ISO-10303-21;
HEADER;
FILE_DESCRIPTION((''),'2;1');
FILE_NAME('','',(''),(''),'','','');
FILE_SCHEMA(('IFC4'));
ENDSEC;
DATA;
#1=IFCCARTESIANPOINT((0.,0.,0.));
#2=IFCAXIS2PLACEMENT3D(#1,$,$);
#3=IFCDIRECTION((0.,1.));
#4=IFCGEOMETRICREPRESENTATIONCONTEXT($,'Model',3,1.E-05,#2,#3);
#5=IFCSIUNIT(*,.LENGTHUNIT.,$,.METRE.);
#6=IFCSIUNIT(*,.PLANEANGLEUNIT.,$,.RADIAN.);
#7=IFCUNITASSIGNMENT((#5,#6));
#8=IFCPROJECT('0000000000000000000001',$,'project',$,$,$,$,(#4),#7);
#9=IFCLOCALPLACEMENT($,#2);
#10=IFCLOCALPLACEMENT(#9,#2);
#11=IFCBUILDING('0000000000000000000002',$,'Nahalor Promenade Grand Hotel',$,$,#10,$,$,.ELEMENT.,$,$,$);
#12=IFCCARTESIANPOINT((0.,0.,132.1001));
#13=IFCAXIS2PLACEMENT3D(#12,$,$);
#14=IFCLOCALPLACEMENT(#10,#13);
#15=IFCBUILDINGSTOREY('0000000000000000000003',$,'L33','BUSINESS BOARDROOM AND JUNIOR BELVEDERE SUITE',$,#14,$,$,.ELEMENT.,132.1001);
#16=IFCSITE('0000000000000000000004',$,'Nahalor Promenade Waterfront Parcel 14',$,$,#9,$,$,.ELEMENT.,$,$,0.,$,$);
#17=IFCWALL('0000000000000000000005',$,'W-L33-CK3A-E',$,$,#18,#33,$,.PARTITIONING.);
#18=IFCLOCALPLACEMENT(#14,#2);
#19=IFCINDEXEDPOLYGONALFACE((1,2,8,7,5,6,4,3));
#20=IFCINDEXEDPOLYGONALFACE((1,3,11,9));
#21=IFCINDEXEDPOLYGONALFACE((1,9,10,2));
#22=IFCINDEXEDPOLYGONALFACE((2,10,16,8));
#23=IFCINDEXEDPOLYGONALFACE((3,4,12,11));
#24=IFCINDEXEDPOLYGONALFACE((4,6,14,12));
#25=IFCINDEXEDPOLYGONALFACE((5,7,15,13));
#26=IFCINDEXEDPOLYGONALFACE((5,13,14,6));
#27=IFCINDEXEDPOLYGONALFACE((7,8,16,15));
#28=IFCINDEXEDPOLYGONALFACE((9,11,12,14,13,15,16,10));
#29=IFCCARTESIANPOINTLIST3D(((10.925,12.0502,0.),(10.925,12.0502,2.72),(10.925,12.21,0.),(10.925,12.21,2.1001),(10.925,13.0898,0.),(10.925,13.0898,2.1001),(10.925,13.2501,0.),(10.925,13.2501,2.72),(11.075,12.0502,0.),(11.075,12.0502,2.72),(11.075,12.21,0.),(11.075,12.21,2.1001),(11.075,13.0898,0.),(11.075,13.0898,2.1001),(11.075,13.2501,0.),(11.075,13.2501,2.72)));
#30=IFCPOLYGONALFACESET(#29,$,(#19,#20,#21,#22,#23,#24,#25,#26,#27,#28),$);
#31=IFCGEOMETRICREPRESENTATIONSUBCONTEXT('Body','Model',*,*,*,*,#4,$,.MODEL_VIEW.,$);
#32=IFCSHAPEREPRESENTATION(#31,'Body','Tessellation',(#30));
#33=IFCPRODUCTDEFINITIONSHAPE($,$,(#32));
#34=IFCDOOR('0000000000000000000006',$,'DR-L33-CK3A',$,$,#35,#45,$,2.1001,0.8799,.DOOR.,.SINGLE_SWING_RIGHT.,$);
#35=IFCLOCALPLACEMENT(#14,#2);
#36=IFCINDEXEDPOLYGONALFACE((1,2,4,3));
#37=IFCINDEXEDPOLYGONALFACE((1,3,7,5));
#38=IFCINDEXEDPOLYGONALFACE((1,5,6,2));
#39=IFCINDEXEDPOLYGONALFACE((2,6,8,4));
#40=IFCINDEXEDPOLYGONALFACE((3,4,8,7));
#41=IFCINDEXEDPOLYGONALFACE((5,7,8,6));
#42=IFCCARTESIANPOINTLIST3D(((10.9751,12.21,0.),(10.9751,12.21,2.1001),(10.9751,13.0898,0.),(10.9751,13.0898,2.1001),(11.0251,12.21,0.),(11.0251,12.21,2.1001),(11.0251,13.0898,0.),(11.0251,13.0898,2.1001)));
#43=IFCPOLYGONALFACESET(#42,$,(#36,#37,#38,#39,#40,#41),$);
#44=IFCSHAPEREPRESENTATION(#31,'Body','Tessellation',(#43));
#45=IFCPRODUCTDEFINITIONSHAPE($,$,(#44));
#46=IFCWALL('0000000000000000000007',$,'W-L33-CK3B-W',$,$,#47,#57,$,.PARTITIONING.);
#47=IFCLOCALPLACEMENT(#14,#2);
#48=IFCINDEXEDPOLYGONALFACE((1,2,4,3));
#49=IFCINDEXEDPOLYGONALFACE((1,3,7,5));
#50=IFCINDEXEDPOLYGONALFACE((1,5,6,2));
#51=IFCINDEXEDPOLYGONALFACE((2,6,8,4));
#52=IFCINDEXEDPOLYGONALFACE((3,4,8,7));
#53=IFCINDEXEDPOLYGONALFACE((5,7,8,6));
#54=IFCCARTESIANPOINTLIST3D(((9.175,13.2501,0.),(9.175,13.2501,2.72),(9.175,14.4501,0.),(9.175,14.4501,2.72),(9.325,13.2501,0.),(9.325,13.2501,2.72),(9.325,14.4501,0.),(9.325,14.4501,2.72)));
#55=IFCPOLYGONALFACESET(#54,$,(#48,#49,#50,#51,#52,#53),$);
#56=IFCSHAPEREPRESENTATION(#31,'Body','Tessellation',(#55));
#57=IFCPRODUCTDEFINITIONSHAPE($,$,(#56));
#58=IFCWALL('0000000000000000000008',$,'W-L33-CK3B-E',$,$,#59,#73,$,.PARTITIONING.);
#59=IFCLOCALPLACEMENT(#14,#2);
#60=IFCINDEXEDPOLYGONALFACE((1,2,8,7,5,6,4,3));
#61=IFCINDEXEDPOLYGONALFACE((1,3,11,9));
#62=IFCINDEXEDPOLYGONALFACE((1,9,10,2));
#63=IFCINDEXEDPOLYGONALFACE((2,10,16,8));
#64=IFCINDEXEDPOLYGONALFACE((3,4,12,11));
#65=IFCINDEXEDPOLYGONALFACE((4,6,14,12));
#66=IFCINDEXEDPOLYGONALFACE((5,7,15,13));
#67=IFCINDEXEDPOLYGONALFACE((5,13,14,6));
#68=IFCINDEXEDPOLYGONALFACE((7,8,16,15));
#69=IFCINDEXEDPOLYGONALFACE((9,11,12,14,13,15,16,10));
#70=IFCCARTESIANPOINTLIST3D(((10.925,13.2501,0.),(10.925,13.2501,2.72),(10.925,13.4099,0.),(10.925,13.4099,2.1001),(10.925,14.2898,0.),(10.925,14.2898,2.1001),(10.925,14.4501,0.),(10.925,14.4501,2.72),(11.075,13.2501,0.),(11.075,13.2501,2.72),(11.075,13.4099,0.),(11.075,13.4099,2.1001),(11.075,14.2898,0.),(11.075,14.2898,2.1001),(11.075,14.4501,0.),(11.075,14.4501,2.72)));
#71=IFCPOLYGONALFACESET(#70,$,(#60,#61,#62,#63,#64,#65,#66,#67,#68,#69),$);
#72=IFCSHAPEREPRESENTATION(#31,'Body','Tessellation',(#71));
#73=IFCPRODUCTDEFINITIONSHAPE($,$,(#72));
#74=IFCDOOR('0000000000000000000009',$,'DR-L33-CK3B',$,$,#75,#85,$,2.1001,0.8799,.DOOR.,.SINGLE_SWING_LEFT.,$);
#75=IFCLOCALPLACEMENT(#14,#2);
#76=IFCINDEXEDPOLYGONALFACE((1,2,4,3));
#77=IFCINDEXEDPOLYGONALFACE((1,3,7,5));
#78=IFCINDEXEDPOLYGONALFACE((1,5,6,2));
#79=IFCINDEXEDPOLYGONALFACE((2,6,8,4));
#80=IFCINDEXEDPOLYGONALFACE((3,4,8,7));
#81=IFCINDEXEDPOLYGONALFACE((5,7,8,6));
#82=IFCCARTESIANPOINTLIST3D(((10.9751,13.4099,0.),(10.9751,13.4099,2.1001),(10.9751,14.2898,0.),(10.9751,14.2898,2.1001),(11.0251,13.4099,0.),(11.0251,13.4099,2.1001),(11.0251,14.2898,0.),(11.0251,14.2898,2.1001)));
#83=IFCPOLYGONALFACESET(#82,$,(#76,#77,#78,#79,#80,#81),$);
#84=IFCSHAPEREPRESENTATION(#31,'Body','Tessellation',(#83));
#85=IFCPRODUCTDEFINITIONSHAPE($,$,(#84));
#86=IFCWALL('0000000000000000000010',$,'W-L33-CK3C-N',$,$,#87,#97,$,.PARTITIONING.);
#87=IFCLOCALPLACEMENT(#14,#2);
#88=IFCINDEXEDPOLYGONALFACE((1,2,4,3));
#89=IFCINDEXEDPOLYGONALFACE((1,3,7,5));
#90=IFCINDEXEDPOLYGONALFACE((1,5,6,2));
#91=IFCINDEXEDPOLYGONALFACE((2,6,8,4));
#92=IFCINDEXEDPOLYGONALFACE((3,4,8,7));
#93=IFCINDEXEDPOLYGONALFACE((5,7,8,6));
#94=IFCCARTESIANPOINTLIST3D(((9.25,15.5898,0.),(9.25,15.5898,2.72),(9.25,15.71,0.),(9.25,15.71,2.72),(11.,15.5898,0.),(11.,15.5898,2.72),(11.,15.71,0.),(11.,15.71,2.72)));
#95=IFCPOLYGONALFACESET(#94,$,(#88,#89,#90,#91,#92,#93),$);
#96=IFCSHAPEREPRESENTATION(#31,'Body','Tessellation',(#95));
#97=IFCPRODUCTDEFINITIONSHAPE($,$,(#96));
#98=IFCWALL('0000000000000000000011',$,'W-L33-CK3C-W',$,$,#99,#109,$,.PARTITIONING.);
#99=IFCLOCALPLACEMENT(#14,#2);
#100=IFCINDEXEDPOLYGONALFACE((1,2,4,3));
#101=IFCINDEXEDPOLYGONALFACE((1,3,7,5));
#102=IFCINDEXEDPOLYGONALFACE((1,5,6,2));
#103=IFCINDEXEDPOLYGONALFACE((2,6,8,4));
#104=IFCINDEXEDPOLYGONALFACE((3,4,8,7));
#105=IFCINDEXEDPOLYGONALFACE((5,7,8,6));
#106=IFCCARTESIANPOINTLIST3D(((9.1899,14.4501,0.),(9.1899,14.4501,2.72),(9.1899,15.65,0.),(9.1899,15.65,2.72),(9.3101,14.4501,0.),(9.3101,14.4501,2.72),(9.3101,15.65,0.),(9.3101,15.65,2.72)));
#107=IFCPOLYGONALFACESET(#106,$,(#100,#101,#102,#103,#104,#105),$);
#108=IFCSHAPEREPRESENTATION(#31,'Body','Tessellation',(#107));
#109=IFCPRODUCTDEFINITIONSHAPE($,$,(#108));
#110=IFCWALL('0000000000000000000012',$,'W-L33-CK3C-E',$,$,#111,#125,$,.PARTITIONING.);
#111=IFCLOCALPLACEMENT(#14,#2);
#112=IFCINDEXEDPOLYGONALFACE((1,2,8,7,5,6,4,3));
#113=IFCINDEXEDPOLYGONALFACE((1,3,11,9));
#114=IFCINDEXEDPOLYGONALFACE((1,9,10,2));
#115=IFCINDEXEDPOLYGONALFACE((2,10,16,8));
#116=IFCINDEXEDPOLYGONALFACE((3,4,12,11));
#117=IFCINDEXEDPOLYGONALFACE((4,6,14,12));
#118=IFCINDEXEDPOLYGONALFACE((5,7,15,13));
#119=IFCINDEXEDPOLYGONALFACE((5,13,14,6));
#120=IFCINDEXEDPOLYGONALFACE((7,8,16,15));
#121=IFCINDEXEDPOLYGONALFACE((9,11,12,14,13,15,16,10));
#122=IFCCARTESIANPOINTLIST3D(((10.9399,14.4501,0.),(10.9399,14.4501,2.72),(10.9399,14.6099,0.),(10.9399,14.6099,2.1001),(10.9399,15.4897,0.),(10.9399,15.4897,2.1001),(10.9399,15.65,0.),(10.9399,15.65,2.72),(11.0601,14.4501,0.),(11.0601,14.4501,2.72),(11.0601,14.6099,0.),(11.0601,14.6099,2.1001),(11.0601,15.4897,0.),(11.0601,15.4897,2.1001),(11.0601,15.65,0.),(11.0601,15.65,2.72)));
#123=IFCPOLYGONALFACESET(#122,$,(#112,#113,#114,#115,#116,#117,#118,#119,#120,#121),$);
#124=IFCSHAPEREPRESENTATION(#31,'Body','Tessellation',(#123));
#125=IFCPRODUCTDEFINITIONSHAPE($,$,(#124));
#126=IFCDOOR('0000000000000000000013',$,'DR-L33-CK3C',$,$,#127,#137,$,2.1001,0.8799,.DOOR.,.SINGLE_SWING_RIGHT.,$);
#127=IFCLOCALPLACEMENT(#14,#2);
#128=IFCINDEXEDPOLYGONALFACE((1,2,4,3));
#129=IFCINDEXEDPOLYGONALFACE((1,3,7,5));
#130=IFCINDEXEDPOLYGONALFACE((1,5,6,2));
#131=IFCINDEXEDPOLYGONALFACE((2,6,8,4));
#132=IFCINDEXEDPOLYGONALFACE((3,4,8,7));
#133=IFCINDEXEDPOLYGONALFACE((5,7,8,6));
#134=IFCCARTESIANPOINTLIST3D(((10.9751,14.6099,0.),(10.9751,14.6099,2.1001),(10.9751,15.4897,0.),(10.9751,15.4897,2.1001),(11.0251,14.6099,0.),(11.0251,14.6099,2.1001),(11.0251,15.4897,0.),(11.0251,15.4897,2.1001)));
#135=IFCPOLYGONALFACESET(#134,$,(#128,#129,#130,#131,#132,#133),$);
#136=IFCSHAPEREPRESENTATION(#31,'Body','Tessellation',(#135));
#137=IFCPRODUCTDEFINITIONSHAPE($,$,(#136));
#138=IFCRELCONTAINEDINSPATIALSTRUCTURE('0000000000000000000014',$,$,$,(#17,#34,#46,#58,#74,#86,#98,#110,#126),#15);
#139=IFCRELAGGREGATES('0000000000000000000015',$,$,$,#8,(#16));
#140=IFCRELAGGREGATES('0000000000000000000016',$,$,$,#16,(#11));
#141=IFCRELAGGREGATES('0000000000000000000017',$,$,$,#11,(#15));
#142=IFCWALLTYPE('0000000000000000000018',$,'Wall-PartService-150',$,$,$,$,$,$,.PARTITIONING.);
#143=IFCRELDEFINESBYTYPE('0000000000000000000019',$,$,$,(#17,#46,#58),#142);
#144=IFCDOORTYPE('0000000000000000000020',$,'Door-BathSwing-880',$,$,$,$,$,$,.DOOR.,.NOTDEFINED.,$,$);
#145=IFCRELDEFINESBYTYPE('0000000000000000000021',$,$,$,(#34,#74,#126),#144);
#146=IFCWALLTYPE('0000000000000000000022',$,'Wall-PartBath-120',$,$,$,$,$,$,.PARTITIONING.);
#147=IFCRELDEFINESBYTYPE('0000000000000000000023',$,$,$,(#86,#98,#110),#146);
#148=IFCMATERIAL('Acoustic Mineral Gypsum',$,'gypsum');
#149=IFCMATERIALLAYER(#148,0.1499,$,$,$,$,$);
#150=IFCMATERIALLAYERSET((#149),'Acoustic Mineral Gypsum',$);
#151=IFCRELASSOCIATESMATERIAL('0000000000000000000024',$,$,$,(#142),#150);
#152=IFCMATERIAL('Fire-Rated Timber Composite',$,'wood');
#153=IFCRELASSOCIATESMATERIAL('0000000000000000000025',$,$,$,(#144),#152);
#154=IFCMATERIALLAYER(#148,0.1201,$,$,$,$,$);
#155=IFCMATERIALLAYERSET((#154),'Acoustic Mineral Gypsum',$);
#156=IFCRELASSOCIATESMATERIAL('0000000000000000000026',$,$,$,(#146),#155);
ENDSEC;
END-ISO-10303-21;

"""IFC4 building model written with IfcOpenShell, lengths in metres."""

from ifc_helpers import new_model, si_unit, direction, frame, frame_2d, origin, place, context, subcontext, project, spatial, rectangle, extrude, source, transform, mapped, material, layer, layer_set, type_object, element, fill, save


model = new_model("IFC4")

# Units and contexts
model_context = context("Model", 3, precision=1e-05, world=origin(), true_north=direction((0.0, 1.0)))
body_context = subcontext(model_context, "Body", "Model", "MODEL_VIEW")
ifc_project = project(units=[si_unit("LENGTHUNIT", "METRE"), si_unit("PLANEANGLEUNIT", "RADIAN")], contexts=[model_context])

# Site, building, storey
site_placement = place(None, origin())
site = spatial("IfcSite", under=ifc_project, at=site_placement, Name="Nahalor Promenade Waterfront Parcel 14", CompositionType="ELEMENT", RefElevation=0.0)
building_placement = place(site_placement, origin())
building = spatial("IfcBuilding", under=site, at=building_placement, Name="Nahalor Promenade Grand Hotel", CompositionType="ELEMENT")
storey_placement = place(building_placement, frame((0.0, 0.0, 132.1001)))
storey = spatial("IfcBuildingStorey", under=building, at=storey_placement, Name="L33", Description="BUSINESS BOARDROOM AND JUNIOR BELVEDERE SUITE", CompositionType="ELEMENT", Elevation=132.1001)

# Shared definitions
ifc_material_1 = material(Name="Acoustic Mineral Gypsum", Category="gypsum")
ifc_layer_1 = layer(ifc_material_1, 0.1499)
ifc_layer_set_1 = layer_set([ifc_layer_1], Name="Acoustic Mineral Gypsum")
wall_type_1 = type_object("IfcWallType", Name="Wall-PartService-150", PredefinedType="PARTITIONING", material=ifc_layer_set_1)
shared_shape_1 = source(origin(), body_context, "Body", "SweptSolid", [
    extrude(rectangle(XDim=1.2, YDim=0.1499, at=frame_2d((0.6001, 0.0))), origin(), (0.0, 0.0, 1.0), 2.72),
])

# Wall, opening, door
wall_1_placement = place(storey_placement, frame((11.0, 12.05, 0.0), z_axis=(0.0, 0.0, 1.0), x_axis=(0.0, 1.0, 0.0)))
wall_1 = element("IfcWall", 1, at=wall_1_placement, inside=storey, type_object=wall_type_1, Name="W-L33-CK3A-E", PredefinedType="PARTITIONING", context=body_context, shape_type="MappedRepresentation", body=[
    mapped(shared_shape_1, transform((0.0, 0.0, 0.0), scale=1.0)),
])
opening_1_placement = place(wall_1_placement, frame((0.1599, 0.0, 0.0)))
opening_1 = element("IfcOpeningElement", 2, at=opening_1_placement, cuts=wall_1, PredefinedType="OPENING", context=body_context, shape_type="SweptSolid", body=[
    extrude(rectangle(XDim=0.8799, YDim=2.1001, at=frame_2d((0.4399, 1.05))), frame((0.0, 0.085, 0.0), z_axis=(0.0, -1.0, 0.0), x_axis=(1.0, 0.0, 0.0)), (0.0, 0.0, 1.0), 0.1699),
])
ifc_material_2 = material(Name="Fire-Rated Timber Composite", Category="wood")
door_type_1 = type_object("IfcDoorType", Name="Door-BathSwing-880", OperationType="NOTDEFINED", PredefinedType="DOOR", material=ifc_material_2)
shared_shape_2 = source(origin(), body_context, "Body", "SweptSolid", [
    extrude(rectangle(XDim=0.8799, YDim=2.1001, at=frame_2d((0.4399, 1.05))), frame((0.0, 0.0249, 0.0), z_axis=(0.0, -1.0, 0.0), x_axis=(1.0, 0.0, 0.0)), (0.0, 0.0, 1.0), 0.05),
])
door_1_placement = place(opening_1_placement, origin())
door_1 = element("IfcDoor", 3, at=door_1_placement, inside=storey, type_object=door_type_1, Name="DR-L33-CK3A", OperationType="SINGLE_SWING_RIGHT", OverallHeight=2.1001, OverallWidth=0.8799, PredefinedType="DOOR", context=body_context, shape_type="MappedRepresentation", body=[
    mapped(shared_shape_2, transform((0.0, 0.0, 0.0), scale=1.0)),
])
fill(opening_1, door_1)

# Wall
wall_2_placement = place(storey_placement, frame((9.25, 13.25, 0.0), z_axis=(0.0, 0.0, 1.0), x_axis=(0.0, 1.0, 0.0)))
element("IfcWall", 4, at=wall_2_placement, inside=storey, type_object=wall_type_1, Name="W-L33-CK3B-W", PredefinedType="PARTITIONING", context=body_context, shape_type="MappedRepresentation", body=[
    mapped(shared_shape_1, transform((0.0, 0.0, 0.0), scale=1.0)),
])

# Wall, opening, door
wall_3_placement = place(storey_placement, frame((11.0, 13.25, 0.0), z_axis=(0.0, 0.0, 1.0), x_axis=(0.0, 1.0, 0.0)))
wall_3 = element("IfcWall", 5, at=wall_3_placement, inside=storey, type_object=wall_type_1, Name="W-L33-CK3B-E", PredefinedType="PARTITIONING", context=body_context, shape_type="MappedRepresentation", body=[
    mapped(shared_shape_1, transform((0.0, 0.0, 0.0), scale=1.0)),
])
opening_2_placement = place(wall_3_placement, frame((0.1599, 0.0, 0.0)))
opening_2 = element("IfcOpeningElement", 6, at=opening_2_placement, cuts=wall_3, PredefinedType="OPENING", context=body_context, shape_type="SweptSolid", body=[
    extrude(rectangle(XDim=0.8799, YDim=2.1001, at=frame_2d((0.4399, 1.05))), frame((0.0, 0.085, 0.0), z_axis=(0.0, -1.0, 0.0), x_axis=(1.0, 0.0, 0.0)), (0.0, 0.0, 1.0), 0.1699),
])
door_2_placement = place(opening_2_placement, origin())
door_2 = element("IfcDoor", 7, at=door_2_placement, inside=storey, type_object=door_type_1, Name="DR-L33-CK3B", OperationType="SINGLE_SWING_LEFT", OverallHeight=2.1001, OverallWidth=0.8799, PredefinedType="DOOR", context=body_context, shape_type="MappedRepresentation", body=[
    mapped(shared_shape_2, transform((0.0, 0.0, 0.0), scale=1.0)),
])
fill(opening_2, door_2)

# Walls
ifc_layer_2 = layer(ifc_material_1, 0.1201)
ifc_layer_set_2 = layer_set([ifc_layer_2], Name="Acoustic Mineral Gypsum")
wall_type_2 = type_object("IfcWallType", Name="Wall-PartBath-120", PredefinedType="PARTITIONING", material=ifc_layer_set_2)
shared_shape_3 = source(origin(), body_context, "Body", "SweptSolid", [
    extrude(rectangle(XDim=1.75, YDim=0.1201, at=frame_2d((0.875, 0.0))), origin(), (0.0, 0.0, 1.0), 2.72),
])
wall_4_placement = place(storey_placement, frame((9.25, 15.6499, 0.0), z_axis=(0.0, 0.0, 1.0), x_axis=(1.0, 0.0, 0.0)))
element("IfcWall", 8, at=wall_4_placement, inside=storey, type_object=wall_type_2, Name="W-L33-CK3C-N", PredefinedType="PARTITIONING", context=body_context, shape_type="MappedRepresentation", body=[
    mapped(shared_shape_3, transform((0.0, 0.0, 0.0), scale=1.0)),
])
shared_shape_4 = source(origin(), body_context, "Body", "SweptSolid", [
    extrude(rectangle(XDim=1.2, YDim=0.1201, at=frame_2d((0.6001, 0.0))), origin(), (0.0, 0.0, 1.0), 2.72),
])
wall_5_placement = place(storey_placement, frame((9.25, 14.45, 0.0), z_axis=(0.0, 0.0, 1.0), x_axis=(0.0, 1.0, 0.0)))
element("IfcWall", 9, at=wall_5_placement, inside=storey, type_object=wall_type_2, Name="W-L33-CK3C-W", PredefinedType="PARTITIONING", context=body_context, shape_type="MappedRepresentation", body=[
    mapped(shared_shape_4, transform((0.0, 0.0, 0.0), scale=1.0)),
])

# Wall, opening, door
wall_6_placement = place(storey_placement, frame((11.0, 14.45, 0.0), z_axis=(0.0, 0.0, 1.0), x_axis=(0.0, 1.0, 0.0)))
wall_6 = element("IfcWall", 10, at=wall_6_placement, inside=storey, type_object=wall_type_2, Name="W-L33-CK3C-E", PredefinedType="PARTITIONING", context=body_context, shape_type="MappedRepresentation", body=[
    mapped(shared_shape_4, transform((0.0, 0.0, 0.0), scale=1.0)),
])
opening_3_placement = place(wall_6_placement, frame((0.1599, 0.0, 0.0)))
opening_3 = element("IfcOpeningElement", 11, at=opening_3_placement, cuts=wall_6, PredefinedType="OPENING", context=body_context, shape_type="SweptSolid", body=[
    extrude(rectangle(XDim=0.8799, YDim=2.1001, at=frame_2d((0.4399, 1.05))), frame((0.0, 0.0701, 0.0), z_axis=(0.0, -1.0, 0.0), x_axis=(1.0, 0.0, 0.0)), (0.0, 0.0, 1.0), 0.1401),
])
door_3_placement = place(opening_3_placement, origin())
door_3 = element("IfcDoor", 12, at=door_3_placement, inside=storey, type_object=door_type_1, Name="DR-L33-CK3C", OperationType="SINGLE_SWING_RIGHT", OverallHeight=2.1001, OverallWidth=0.8799, PredefinedType="DOOR", context=body_context, shape_type="MappedRepresentation", body=[
    mapped(shared_shape_2, transform((0.0, 0.0, 0.0), scale=1.0)),
])
fill(opening_3, door_3)

save(model, "model.ifc")
